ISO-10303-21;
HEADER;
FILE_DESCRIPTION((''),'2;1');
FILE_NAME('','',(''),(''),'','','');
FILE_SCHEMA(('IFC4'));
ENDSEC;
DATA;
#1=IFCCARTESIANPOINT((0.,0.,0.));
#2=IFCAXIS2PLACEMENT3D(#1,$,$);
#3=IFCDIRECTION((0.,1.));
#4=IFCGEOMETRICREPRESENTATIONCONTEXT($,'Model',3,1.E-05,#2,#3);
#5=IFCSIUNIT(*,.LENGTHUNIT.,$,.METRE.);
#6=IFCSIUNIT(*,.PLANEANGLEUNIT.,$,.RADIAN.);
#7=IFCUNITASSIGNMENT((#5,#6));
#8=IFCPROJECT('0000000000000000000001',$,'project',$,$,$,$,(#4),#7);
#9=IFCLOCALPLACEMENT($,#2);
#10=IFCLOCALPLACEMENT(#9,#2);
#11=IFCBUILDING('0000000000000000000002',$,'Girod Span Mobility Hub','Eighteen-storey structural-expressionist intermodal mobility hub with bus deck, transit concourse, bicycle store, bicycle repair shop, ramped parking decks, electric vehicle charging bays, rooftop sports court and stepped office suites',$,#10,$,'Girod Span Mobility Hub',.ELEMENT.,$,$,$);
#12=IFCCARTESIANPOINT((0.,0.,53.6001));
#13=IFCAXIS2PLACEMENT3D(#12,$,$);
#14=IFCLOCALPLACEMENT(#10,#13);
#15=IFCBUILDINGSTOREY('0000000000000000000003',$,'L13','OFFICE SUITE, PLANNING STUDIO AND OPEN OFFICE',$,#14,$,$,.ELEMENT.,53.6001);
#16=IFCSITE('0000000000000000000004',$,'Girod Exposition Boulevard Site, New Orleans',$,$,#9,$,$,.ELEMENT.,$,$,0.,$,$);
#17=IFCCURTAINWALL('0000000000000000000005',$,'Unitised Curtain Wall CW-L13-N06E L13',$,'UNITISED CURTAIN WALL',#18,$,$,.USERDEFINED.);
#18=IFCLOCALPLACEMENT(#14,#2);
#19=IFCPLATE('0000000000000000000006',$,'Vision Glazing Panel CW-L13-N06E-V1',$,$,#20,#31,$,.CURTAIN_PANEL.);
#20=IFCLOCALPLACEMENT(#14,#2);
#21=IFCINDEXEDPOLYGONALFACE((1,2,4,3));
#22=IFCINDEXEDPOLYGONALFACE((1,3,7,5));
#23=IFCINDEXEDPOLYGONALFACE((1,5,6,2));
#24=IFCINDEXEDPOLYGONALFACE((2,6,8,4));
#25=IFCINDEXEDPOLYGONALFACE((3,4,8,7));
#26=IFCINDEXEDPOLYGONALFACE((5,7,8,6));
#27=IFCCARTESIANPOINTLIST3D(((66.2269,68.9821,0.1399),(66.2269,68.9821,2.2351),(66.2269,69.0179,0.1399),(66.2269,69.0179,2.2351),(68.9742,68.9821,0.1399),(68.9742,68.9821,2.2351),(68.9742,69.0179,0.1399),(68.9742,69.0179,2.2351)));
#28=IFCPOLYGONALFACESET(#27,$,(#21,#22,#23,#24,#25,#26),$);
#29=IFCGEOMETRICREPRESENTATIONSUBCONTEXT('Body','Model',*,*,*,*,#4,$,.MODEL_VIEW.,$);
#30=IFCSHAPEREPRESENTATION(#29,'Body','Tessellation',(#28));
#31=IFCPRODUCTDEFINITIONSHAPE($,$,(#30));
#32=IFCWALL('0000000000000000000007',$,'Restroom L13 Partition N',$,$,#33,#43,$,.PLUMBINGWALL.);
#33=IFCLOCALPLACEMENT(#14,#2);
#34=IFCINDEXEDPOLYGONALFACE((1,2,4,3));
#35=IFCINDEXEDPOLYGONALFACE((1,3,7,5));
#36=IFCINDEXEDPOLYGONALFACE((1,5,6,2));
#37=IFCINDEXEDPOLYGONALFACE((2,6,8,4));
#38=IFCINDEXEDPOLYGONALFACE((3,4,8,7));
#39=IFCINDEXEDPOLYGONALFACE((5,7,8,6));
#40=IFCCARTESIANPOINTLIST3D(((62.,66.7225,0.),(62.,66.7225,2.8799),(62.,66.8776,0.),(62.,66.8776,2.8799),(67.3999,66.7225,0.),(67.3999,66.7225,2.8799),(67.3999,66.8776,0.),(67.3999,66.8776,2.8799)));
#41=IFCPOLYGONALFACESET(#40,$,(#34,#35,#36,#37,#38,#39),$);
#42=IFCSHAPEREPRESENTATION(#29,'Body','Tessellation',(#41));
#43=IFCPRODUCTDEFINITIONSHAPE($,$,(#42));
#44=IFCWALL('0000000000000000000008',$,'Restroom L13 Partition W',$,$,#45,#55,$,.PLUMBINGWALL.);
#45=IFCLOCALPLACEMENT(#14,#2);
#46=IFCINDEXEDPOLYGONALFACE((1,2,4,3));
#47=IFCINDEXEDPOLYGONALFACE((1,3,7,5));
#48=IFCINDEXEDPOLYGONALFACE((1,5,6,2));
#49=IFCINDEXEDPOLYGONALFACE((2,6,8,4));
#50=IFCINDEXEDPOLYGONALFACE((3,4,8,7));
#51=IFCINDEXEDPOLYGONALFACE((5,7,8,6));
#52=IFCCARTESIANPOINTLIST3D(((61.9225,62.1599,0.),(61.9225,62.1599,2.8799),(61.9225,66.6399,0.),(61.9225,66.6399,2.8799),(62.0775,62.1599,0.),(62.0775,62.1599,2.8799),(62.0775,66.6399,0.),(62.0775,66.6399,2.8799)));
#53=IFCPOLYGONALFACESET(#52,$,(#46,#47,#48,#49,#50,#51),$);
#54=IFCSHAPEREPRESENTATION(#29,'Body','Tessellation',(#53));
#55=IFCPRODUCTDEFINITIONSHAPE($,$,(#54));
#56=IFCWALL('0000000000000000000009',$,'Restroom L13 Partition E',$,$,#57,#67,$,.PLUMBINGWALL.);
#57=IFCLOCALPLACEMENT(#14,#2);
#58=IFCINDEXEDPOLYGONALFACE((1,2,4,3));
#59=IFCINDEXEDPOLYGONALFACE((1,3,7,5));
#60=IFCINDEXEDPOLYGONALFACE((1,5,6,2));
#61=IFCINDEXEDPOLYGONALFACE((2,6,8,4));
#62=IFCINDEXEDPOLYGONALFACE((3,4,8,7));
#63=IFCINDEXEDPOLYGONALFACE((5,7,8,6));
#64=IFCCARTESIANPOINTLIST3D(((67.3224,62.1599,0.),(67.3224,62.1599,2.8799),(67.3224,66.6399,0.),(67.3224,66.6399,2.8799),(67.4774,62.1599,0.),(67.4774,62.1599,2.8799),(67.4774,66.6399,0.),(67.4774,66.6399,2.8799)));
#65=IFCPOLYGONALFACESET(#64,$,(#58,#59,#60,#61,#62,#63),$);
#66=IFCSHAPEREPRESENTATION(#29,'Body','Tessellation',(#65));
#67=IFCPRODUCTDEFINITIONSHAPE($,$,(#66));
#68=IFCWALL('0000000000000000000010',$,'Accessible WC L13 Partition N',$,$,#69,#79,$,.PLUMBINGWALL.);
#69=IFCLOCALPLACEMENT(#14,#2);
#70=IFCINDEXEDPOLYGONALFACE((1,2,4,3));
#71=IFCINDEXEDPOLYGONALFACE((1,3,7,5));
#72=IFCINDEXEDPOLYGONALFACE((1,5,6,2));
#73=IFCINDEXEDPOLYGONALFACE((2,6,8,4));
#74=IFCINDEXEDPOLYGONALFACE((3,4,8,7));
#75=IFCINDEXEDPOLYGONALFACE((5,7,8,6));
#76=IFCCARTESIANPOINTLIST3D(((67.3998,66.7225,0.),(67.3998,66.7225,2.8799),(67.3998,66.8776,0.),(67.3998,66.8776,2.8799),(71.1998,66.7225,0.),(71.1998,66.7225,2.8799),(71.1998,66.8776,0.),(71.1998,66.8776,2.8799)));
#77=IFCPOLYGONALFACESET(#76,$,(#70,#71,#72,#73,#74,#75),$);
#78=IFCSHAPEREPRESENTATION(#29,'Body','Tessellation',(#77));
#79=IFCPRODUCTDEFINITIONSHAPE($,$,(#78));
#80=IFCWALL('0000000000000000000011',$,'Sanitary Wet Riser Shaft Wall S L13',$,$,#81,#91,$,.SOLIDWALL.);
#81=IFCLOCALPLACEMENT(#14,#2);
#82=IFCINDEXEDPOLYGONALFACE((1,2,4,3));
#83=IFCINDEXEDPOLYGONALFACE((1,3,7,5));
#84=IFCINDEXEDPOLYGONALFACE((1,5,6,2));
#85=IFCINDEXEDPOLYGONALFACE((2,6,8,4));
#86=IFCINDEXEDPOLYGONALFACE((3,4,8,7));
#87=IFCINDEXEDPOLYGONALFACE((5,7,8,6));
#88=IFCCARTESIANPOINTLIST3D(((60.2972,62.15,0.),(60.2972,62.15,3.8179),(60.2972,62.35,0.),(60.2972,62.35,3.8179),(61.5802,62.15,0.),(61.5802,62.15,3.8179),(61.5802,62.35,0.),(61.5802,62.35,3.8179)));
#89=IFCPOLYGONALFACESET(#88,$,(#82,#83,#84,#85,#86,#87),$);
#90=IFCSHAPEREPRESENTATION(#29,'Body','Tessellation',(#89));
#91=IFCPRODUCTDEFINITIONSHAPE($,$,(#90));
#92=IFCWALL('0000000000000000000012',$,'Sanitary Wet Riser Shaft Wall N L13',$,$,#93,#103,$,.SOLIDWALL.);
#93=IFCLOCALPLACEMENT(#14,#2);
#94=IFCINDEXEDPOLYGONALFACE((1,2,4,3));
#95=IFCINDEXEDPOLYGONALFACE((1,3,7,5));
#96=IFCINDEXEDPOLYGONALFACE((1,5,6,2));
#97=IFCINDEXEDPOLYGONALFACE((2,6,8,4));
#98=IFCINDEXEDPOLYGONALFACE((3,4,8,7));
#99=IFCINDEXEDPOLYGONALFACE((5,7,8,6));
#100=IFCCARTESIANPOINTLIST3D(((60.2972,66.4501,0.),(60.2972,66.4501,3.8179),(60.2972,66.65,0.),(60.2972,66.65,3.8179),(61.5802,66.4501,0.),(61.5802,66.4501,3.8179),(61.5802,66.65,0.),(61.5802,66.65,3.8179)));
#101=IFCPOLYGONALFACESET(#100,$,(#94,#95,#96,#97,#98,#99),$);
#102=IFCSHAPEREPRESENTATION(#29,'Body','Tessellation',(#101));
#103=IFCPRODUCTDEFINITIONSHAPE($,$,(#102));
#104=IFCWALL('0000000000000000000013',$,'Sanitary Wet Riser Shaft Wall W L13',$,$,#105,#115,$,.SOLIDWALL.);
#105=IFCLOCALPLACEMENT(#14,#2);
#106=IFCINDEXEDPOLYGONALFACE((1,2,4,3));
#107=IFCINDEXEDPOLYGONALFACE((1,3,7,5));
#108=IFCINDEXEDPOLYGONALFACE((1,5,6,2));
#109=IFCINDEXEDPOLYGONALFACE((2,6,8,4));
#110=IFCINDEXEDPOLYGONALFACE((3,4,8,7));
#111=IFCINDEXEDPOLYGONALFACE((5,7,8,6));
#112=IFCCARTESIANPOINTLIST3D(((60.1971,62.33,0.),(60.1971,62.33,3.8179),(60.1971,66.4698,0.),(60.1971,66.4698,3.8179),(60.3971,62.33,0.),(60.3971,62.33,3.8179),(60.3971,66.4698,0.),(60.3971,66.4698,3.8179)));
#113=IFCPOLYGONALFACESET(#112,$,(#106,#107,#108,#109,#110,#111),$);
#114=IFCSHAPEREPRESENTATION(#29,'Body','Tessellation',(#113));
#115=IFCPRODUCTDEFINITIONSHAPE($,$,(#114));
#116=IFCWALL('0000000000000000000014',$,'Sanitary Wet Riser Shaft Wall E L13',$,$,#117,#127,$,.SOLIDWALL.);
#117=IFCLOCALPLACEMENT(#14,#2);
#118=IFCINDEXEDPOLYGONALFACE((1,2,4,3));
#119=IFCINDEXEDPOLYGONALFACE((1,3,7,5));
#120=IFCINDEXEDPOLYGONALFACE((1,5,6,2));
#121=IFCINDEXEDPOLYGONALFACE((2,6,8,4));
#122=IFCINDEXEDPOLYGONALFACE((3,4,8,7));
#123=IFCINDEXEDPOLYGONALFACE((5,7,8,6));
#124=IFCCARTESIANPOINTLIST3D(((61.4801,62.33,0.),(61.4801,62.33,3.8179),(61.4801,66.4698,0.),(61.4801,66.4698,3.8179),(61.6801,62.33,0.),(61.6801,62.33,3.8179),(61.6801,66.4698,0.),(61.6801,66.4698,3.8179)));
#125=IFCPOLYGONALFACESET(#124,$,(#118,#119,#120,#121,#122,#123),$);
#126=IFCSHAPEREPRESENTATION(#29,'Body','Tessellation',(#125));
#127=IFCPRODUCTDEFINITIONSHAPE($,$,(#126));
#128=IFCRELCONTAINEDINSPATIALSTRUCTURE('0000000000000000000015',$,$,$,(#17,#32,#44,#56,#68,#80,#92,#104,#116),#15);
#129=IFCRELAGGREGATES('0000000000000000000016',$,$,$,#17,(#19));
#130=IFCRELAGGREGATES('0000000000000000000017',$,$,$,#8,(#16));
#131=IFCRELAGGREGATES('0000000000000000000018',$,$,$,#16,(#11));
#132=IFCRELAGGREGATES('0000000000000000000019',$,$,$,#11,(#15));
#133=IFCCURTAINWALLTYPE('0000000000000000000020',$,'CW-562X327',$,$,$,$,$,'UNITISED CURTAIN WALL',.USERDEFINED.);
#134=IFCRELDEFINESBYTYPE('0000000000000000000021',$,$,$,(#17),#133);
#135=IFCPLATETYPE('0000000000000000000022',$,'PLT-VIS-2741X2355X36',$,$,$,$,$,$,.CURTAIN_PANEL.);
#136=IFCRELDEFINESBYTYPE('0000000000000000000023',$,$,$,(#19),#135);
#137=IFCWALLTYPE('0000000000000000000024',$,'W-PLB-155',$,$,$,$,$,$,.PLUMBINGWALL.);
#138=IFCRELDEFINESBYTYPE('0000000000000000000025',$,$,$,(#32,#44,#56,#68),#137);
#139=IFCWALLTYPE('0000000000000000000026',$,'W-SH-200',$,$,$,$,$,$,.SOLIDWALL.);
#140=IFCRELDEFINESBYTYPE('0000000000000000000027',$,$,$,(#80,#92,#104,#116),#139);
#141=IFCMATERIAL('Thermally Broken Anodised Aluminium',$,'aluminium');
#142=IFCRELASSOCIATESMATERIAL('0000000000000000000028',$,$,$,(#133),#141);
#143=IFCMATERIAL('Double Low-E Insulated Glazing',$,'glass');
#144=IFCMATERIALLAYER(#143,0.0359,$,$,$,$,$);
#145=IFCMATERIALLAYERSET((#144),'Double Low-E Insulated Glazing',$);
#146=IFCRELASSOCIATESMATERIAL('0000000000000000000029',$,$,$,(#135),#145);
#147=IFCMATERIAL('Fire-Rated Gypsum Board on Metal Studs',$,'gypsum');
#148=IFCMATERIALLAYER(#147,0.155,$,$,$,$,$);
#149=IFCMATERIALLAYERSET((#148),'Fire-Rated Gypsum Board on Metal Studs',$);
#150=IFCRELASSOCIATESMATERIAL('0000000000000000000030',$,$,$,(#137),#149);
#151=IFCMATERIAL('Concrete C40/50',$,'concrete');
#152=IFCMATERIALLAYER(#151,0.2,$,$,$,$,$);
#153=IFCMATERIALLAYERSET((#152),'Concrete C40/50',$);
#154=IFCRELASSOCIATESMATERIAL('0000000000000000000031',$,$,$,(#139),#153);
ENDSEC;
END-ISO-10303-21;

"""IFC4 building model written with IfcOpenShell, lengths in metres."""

from ifc_helpers import new_model, si_unit, direction, frame, frame_2d, origin, origin_2d, place, context, subcontext, project, spatial, rectangle, extrude, material, layer, layer_set, type_object, element, aggregate, save


model = new_model("IFC4")

# Units and contexts
model_context = context("Model", 3, precision=1e-05, world=origin(), true_north=direction((0.0, 1.0)))
body_context = subcontext(model_context, "Body", "Model", "MODEL_VIEW")
ifc_project = project(units=[si_unit("LENGTHUNIT", "METRE"), si_unit("PLANEANGLEUNIT", "RADIAN")], contexts=[model_context])

# Site, building, storey
site_placement = place(None, origin())
site = spatial("IfcSite", under=ifc_project, at=site_placement, Name="Girod Exposition Boulevard Site, New Orleans", CompositionType="ELEMENT", RefElevation=0.0)
building_placement = place(site_placement, origin())
building = spatial("IfcBuilding", under=site, at=building_placement, Name="Girod Span Mobility Hub", Description="Eighteen-storey structural-expressionist intermodal mobility hub with bus deck, transit concourse, bicycle store, bicycle repair shop, ramped parking decks, electric vehicle charging bays, rooftop sports court and stepped office suites", LongName="Girod Span Mobility Hub", CompositionType="ELEMENT")
storey_placement = place(building_placement, frame((0.0, 0.0, 53.6001)))
storey = spatial("IfcBuildingStorey", under=building, at=storey_placement, Name="L13", Description="OFFICE SUITE, PLANNING STUDIO AND OPEN OFFICE", CompositionType="ELEMENT", Elevation=53.6001)

# Curtain wall
ifc_material_1 = material(Name="Thermally Broken Anodised Aluminium", Category="aluminium")
curtain_wall_type = type_object("IfcCurtainWallType", Name="CW-562X327", ElementType="UNITISED CURTAIN WALL", PredefinedType="USERDEFINED", material=ifc_material_1)
curtain_wall_1_placement = place(storey_placement, origin())
curtain_wall_1 = element("IfcCurtainWall", 1, at=curtain_wall_1_placement, inside=storey, type_object=curtain_wall_type, Name="Unitised Curtain Wall CW-L13-N06E L13", ObjectType="UNITISED CURTAIN WALL", PredefinedType="USERDEFINED")

# Plate
ifc_material_2 = material(Name="Double Low-E Insulated Glazing", Category="glass")
ifc_layer_1 = layer(ifc_material_2, 0.0359)
ifc_layer_set_1 = layer_set([ifc_layer_1], Name="Double Low-E Insulated Glazing")
plate_type_1 = type_object("IfcPlateType", Name="PLT-VIS-2741X2355X36", PredefinedType="CURTAIN_PANEL", material=ifc_layer_set_1)
plate_1_placement = place(storey_placement, frame((67.6006, 69.0, 0.1399), z_axis=(0.0, 0.0, 1.0), x_axis=(1.0, 0.0, 0.0)))
plate_1 = element("IfcPlate", 2, at=plate_1_placement, type_object=plate_type_1, Name="Vision Glazing Panel CW-L13-N06E-V1", PredefinedType="CURTAIN_PANEL", context=body_context, shape_type="SweptSolid", body=[
    extrude(rectangle(XDim=2.7473, YDim=0.0359, at=origin_2d()), origin(), (0.0, 0.0, 1.0), 2.0952),
])
aggregate(curtain_wall_1, [plate_1])

# Walls
ifc_material_3 = material(Name="Fire-Rated Gypsum Board on Metal Studs", Category="gypsum")
ifc_layer_2 = layer(ifc_material_3, 0.155)
ifc_layer_set_2 = layer_set([ifc_layer_2], Name="Fire-Rated Gypsum Board on Metal Studs")
wall_type_1 = type_object("IfcWallType", Name="W-PLB-155", PredefinedType="PLUMBINGWALL", material=ifc_layer_set_2)
wall_1_placement = place(storey_placement, frame((62.0, 66.8, 0.0), z_axis=(0.0, 0.0, 1.0), x_axis=(1.0, 0.0, 0.0)))
element("IfcWall", 3, at=wall_1_placement, inside=storey, type_object=wall_type_1, Name="Restroom L13 Partition N", PredefinedType="PLUMBINGWALL", context=body_context, shape_type="SweptSolid", body=[
    extrude(rectangle(XDim=5.3999, YDim=0.155, at=frame_2d((2.7, 0.0))), origin(), (0.0, 0.0, 1.0), 2.8799),
])
for number, where, z_axis, x_axis, name in (
    (4, (62.0, 62.1599, 0.0), (0.0, 0.0, 1.0), (0.0, 1.0, 0.0), "Restroom L13 Partition W"),
    (5, (67.3999, 62.1599, 0.0), (0.0, 0.0, 1.0), (0.0, 1.0, 0.0), "Restroom L13 Partition E"),
):
    element("IfcWall", number, at=place(storey_placement, frame(where, z_axis=z_axis, x_axis=x_axis)), inside=storey, type_object=wall_type_1, Name=name, PredefinedType="PLUMBINGWALL", context=body_context, shape_type="SweptSolid", body=[
        extrude(rectangle(XDim=4.48, YDim=0.155, at=frame_2d((2.24, 0.0))), origin(), (0.0, 0.0, 1.0), 2.8799),
    ])
wall_2_placement = place(storey_placement, frame((67.3999, 66.8, 0.0), z_axis=(0.0, 0.0, 1.0), x_axis=(1.0, 0.0, 0.0)))
element("IfcWall", 6, at=wall_2_placement, inside=storey, type_object=wall_type_1, Name="Accessible WC L13 Partition N", PredefinedType="PLUMBINGWALL", context=body_context, shape_type="SweptSolid", body=[
    extrude(rectangle(XDim=3.8, YDim=0.155, at=frame_2d((1.8999, 0.0))), origin(), (0.0, 0.0, 1.0), 2.8799),
])
ifc_material_4 = material(Name="Concrete C40/50", Category="concrete")
ifc_layer_3 = layer(ifc_material_4, 0.2)
ifc_layer_set_3 = layer_set([ifc_layer_3], Name="Concrete C40/50")
wall_type_2 = type_object("IfcWallType", Name="W-SH-200", PredefinedType="SOLIDWALL", material=ifc_layer_set_3)
for number, where, z_axis, x_axis, name in (
    (7, (60.2971, 62.25, 0.0), (0.0, 0.0, 1.0), (1.0, 0.0, 0.0), "Sanitary Wet Riser Shaft Wall S L13"),
    (8, (60.2971, 66.55, 0.0), (0.0, 0.0, 1.0), (1.0, 0.0, 0.0), "Sanitary Wet Riser Shaft Wall N L13"),
):
    element("IfcWall", number, at=place(storey_placement, frame(where, z_axis=z_axis, x_axis=x_axis)), inside=storey, type_object=wall_type_2, Name=name, PredefinedType="SOLIDWALL", context=body_context, shape_type="SweptSolid", body=[
        extrude(rectangle(XDim=1.283, YDim=0.2, at=frame_2d((0.6416, 0.0))), origin(), (0.0, 0.0, 1.0), 3.8179),
    ])
for number, where, z_axis, x_axis, name in (
    (9, (60.2971, 62.3301, 0.0), (0.0, 0.0, 1.0), (0.0, 1.0, 0.0), "Sanitary Wet Riser Shaft Wall W L13"),
    (10, (61.5801, 62.3301, 0.0), (0.0, 0.0, 1.0), (0.0, 1.0, 0.0), "Sanitary Wet Riser Shaft Wall E L13"),
):
    element("IfcWall", number, at=place(storey_placement, frame(where, z_axis=z_axis, x_axis=x_axis)), inside=storey, type_object=wall_type_2, Name=name, PredefinedType="SOLIDWALL", context=body_context, shape_type="SweptSolid", body=[
        extrude(rectangle(XDim=4.1399, YDim=0.2, at=frame_2d((2.0698, 0.0))), origin(), (0.0, 0.0, 1.0), 3.8179),
    ])

save(model, "model.ifc")
